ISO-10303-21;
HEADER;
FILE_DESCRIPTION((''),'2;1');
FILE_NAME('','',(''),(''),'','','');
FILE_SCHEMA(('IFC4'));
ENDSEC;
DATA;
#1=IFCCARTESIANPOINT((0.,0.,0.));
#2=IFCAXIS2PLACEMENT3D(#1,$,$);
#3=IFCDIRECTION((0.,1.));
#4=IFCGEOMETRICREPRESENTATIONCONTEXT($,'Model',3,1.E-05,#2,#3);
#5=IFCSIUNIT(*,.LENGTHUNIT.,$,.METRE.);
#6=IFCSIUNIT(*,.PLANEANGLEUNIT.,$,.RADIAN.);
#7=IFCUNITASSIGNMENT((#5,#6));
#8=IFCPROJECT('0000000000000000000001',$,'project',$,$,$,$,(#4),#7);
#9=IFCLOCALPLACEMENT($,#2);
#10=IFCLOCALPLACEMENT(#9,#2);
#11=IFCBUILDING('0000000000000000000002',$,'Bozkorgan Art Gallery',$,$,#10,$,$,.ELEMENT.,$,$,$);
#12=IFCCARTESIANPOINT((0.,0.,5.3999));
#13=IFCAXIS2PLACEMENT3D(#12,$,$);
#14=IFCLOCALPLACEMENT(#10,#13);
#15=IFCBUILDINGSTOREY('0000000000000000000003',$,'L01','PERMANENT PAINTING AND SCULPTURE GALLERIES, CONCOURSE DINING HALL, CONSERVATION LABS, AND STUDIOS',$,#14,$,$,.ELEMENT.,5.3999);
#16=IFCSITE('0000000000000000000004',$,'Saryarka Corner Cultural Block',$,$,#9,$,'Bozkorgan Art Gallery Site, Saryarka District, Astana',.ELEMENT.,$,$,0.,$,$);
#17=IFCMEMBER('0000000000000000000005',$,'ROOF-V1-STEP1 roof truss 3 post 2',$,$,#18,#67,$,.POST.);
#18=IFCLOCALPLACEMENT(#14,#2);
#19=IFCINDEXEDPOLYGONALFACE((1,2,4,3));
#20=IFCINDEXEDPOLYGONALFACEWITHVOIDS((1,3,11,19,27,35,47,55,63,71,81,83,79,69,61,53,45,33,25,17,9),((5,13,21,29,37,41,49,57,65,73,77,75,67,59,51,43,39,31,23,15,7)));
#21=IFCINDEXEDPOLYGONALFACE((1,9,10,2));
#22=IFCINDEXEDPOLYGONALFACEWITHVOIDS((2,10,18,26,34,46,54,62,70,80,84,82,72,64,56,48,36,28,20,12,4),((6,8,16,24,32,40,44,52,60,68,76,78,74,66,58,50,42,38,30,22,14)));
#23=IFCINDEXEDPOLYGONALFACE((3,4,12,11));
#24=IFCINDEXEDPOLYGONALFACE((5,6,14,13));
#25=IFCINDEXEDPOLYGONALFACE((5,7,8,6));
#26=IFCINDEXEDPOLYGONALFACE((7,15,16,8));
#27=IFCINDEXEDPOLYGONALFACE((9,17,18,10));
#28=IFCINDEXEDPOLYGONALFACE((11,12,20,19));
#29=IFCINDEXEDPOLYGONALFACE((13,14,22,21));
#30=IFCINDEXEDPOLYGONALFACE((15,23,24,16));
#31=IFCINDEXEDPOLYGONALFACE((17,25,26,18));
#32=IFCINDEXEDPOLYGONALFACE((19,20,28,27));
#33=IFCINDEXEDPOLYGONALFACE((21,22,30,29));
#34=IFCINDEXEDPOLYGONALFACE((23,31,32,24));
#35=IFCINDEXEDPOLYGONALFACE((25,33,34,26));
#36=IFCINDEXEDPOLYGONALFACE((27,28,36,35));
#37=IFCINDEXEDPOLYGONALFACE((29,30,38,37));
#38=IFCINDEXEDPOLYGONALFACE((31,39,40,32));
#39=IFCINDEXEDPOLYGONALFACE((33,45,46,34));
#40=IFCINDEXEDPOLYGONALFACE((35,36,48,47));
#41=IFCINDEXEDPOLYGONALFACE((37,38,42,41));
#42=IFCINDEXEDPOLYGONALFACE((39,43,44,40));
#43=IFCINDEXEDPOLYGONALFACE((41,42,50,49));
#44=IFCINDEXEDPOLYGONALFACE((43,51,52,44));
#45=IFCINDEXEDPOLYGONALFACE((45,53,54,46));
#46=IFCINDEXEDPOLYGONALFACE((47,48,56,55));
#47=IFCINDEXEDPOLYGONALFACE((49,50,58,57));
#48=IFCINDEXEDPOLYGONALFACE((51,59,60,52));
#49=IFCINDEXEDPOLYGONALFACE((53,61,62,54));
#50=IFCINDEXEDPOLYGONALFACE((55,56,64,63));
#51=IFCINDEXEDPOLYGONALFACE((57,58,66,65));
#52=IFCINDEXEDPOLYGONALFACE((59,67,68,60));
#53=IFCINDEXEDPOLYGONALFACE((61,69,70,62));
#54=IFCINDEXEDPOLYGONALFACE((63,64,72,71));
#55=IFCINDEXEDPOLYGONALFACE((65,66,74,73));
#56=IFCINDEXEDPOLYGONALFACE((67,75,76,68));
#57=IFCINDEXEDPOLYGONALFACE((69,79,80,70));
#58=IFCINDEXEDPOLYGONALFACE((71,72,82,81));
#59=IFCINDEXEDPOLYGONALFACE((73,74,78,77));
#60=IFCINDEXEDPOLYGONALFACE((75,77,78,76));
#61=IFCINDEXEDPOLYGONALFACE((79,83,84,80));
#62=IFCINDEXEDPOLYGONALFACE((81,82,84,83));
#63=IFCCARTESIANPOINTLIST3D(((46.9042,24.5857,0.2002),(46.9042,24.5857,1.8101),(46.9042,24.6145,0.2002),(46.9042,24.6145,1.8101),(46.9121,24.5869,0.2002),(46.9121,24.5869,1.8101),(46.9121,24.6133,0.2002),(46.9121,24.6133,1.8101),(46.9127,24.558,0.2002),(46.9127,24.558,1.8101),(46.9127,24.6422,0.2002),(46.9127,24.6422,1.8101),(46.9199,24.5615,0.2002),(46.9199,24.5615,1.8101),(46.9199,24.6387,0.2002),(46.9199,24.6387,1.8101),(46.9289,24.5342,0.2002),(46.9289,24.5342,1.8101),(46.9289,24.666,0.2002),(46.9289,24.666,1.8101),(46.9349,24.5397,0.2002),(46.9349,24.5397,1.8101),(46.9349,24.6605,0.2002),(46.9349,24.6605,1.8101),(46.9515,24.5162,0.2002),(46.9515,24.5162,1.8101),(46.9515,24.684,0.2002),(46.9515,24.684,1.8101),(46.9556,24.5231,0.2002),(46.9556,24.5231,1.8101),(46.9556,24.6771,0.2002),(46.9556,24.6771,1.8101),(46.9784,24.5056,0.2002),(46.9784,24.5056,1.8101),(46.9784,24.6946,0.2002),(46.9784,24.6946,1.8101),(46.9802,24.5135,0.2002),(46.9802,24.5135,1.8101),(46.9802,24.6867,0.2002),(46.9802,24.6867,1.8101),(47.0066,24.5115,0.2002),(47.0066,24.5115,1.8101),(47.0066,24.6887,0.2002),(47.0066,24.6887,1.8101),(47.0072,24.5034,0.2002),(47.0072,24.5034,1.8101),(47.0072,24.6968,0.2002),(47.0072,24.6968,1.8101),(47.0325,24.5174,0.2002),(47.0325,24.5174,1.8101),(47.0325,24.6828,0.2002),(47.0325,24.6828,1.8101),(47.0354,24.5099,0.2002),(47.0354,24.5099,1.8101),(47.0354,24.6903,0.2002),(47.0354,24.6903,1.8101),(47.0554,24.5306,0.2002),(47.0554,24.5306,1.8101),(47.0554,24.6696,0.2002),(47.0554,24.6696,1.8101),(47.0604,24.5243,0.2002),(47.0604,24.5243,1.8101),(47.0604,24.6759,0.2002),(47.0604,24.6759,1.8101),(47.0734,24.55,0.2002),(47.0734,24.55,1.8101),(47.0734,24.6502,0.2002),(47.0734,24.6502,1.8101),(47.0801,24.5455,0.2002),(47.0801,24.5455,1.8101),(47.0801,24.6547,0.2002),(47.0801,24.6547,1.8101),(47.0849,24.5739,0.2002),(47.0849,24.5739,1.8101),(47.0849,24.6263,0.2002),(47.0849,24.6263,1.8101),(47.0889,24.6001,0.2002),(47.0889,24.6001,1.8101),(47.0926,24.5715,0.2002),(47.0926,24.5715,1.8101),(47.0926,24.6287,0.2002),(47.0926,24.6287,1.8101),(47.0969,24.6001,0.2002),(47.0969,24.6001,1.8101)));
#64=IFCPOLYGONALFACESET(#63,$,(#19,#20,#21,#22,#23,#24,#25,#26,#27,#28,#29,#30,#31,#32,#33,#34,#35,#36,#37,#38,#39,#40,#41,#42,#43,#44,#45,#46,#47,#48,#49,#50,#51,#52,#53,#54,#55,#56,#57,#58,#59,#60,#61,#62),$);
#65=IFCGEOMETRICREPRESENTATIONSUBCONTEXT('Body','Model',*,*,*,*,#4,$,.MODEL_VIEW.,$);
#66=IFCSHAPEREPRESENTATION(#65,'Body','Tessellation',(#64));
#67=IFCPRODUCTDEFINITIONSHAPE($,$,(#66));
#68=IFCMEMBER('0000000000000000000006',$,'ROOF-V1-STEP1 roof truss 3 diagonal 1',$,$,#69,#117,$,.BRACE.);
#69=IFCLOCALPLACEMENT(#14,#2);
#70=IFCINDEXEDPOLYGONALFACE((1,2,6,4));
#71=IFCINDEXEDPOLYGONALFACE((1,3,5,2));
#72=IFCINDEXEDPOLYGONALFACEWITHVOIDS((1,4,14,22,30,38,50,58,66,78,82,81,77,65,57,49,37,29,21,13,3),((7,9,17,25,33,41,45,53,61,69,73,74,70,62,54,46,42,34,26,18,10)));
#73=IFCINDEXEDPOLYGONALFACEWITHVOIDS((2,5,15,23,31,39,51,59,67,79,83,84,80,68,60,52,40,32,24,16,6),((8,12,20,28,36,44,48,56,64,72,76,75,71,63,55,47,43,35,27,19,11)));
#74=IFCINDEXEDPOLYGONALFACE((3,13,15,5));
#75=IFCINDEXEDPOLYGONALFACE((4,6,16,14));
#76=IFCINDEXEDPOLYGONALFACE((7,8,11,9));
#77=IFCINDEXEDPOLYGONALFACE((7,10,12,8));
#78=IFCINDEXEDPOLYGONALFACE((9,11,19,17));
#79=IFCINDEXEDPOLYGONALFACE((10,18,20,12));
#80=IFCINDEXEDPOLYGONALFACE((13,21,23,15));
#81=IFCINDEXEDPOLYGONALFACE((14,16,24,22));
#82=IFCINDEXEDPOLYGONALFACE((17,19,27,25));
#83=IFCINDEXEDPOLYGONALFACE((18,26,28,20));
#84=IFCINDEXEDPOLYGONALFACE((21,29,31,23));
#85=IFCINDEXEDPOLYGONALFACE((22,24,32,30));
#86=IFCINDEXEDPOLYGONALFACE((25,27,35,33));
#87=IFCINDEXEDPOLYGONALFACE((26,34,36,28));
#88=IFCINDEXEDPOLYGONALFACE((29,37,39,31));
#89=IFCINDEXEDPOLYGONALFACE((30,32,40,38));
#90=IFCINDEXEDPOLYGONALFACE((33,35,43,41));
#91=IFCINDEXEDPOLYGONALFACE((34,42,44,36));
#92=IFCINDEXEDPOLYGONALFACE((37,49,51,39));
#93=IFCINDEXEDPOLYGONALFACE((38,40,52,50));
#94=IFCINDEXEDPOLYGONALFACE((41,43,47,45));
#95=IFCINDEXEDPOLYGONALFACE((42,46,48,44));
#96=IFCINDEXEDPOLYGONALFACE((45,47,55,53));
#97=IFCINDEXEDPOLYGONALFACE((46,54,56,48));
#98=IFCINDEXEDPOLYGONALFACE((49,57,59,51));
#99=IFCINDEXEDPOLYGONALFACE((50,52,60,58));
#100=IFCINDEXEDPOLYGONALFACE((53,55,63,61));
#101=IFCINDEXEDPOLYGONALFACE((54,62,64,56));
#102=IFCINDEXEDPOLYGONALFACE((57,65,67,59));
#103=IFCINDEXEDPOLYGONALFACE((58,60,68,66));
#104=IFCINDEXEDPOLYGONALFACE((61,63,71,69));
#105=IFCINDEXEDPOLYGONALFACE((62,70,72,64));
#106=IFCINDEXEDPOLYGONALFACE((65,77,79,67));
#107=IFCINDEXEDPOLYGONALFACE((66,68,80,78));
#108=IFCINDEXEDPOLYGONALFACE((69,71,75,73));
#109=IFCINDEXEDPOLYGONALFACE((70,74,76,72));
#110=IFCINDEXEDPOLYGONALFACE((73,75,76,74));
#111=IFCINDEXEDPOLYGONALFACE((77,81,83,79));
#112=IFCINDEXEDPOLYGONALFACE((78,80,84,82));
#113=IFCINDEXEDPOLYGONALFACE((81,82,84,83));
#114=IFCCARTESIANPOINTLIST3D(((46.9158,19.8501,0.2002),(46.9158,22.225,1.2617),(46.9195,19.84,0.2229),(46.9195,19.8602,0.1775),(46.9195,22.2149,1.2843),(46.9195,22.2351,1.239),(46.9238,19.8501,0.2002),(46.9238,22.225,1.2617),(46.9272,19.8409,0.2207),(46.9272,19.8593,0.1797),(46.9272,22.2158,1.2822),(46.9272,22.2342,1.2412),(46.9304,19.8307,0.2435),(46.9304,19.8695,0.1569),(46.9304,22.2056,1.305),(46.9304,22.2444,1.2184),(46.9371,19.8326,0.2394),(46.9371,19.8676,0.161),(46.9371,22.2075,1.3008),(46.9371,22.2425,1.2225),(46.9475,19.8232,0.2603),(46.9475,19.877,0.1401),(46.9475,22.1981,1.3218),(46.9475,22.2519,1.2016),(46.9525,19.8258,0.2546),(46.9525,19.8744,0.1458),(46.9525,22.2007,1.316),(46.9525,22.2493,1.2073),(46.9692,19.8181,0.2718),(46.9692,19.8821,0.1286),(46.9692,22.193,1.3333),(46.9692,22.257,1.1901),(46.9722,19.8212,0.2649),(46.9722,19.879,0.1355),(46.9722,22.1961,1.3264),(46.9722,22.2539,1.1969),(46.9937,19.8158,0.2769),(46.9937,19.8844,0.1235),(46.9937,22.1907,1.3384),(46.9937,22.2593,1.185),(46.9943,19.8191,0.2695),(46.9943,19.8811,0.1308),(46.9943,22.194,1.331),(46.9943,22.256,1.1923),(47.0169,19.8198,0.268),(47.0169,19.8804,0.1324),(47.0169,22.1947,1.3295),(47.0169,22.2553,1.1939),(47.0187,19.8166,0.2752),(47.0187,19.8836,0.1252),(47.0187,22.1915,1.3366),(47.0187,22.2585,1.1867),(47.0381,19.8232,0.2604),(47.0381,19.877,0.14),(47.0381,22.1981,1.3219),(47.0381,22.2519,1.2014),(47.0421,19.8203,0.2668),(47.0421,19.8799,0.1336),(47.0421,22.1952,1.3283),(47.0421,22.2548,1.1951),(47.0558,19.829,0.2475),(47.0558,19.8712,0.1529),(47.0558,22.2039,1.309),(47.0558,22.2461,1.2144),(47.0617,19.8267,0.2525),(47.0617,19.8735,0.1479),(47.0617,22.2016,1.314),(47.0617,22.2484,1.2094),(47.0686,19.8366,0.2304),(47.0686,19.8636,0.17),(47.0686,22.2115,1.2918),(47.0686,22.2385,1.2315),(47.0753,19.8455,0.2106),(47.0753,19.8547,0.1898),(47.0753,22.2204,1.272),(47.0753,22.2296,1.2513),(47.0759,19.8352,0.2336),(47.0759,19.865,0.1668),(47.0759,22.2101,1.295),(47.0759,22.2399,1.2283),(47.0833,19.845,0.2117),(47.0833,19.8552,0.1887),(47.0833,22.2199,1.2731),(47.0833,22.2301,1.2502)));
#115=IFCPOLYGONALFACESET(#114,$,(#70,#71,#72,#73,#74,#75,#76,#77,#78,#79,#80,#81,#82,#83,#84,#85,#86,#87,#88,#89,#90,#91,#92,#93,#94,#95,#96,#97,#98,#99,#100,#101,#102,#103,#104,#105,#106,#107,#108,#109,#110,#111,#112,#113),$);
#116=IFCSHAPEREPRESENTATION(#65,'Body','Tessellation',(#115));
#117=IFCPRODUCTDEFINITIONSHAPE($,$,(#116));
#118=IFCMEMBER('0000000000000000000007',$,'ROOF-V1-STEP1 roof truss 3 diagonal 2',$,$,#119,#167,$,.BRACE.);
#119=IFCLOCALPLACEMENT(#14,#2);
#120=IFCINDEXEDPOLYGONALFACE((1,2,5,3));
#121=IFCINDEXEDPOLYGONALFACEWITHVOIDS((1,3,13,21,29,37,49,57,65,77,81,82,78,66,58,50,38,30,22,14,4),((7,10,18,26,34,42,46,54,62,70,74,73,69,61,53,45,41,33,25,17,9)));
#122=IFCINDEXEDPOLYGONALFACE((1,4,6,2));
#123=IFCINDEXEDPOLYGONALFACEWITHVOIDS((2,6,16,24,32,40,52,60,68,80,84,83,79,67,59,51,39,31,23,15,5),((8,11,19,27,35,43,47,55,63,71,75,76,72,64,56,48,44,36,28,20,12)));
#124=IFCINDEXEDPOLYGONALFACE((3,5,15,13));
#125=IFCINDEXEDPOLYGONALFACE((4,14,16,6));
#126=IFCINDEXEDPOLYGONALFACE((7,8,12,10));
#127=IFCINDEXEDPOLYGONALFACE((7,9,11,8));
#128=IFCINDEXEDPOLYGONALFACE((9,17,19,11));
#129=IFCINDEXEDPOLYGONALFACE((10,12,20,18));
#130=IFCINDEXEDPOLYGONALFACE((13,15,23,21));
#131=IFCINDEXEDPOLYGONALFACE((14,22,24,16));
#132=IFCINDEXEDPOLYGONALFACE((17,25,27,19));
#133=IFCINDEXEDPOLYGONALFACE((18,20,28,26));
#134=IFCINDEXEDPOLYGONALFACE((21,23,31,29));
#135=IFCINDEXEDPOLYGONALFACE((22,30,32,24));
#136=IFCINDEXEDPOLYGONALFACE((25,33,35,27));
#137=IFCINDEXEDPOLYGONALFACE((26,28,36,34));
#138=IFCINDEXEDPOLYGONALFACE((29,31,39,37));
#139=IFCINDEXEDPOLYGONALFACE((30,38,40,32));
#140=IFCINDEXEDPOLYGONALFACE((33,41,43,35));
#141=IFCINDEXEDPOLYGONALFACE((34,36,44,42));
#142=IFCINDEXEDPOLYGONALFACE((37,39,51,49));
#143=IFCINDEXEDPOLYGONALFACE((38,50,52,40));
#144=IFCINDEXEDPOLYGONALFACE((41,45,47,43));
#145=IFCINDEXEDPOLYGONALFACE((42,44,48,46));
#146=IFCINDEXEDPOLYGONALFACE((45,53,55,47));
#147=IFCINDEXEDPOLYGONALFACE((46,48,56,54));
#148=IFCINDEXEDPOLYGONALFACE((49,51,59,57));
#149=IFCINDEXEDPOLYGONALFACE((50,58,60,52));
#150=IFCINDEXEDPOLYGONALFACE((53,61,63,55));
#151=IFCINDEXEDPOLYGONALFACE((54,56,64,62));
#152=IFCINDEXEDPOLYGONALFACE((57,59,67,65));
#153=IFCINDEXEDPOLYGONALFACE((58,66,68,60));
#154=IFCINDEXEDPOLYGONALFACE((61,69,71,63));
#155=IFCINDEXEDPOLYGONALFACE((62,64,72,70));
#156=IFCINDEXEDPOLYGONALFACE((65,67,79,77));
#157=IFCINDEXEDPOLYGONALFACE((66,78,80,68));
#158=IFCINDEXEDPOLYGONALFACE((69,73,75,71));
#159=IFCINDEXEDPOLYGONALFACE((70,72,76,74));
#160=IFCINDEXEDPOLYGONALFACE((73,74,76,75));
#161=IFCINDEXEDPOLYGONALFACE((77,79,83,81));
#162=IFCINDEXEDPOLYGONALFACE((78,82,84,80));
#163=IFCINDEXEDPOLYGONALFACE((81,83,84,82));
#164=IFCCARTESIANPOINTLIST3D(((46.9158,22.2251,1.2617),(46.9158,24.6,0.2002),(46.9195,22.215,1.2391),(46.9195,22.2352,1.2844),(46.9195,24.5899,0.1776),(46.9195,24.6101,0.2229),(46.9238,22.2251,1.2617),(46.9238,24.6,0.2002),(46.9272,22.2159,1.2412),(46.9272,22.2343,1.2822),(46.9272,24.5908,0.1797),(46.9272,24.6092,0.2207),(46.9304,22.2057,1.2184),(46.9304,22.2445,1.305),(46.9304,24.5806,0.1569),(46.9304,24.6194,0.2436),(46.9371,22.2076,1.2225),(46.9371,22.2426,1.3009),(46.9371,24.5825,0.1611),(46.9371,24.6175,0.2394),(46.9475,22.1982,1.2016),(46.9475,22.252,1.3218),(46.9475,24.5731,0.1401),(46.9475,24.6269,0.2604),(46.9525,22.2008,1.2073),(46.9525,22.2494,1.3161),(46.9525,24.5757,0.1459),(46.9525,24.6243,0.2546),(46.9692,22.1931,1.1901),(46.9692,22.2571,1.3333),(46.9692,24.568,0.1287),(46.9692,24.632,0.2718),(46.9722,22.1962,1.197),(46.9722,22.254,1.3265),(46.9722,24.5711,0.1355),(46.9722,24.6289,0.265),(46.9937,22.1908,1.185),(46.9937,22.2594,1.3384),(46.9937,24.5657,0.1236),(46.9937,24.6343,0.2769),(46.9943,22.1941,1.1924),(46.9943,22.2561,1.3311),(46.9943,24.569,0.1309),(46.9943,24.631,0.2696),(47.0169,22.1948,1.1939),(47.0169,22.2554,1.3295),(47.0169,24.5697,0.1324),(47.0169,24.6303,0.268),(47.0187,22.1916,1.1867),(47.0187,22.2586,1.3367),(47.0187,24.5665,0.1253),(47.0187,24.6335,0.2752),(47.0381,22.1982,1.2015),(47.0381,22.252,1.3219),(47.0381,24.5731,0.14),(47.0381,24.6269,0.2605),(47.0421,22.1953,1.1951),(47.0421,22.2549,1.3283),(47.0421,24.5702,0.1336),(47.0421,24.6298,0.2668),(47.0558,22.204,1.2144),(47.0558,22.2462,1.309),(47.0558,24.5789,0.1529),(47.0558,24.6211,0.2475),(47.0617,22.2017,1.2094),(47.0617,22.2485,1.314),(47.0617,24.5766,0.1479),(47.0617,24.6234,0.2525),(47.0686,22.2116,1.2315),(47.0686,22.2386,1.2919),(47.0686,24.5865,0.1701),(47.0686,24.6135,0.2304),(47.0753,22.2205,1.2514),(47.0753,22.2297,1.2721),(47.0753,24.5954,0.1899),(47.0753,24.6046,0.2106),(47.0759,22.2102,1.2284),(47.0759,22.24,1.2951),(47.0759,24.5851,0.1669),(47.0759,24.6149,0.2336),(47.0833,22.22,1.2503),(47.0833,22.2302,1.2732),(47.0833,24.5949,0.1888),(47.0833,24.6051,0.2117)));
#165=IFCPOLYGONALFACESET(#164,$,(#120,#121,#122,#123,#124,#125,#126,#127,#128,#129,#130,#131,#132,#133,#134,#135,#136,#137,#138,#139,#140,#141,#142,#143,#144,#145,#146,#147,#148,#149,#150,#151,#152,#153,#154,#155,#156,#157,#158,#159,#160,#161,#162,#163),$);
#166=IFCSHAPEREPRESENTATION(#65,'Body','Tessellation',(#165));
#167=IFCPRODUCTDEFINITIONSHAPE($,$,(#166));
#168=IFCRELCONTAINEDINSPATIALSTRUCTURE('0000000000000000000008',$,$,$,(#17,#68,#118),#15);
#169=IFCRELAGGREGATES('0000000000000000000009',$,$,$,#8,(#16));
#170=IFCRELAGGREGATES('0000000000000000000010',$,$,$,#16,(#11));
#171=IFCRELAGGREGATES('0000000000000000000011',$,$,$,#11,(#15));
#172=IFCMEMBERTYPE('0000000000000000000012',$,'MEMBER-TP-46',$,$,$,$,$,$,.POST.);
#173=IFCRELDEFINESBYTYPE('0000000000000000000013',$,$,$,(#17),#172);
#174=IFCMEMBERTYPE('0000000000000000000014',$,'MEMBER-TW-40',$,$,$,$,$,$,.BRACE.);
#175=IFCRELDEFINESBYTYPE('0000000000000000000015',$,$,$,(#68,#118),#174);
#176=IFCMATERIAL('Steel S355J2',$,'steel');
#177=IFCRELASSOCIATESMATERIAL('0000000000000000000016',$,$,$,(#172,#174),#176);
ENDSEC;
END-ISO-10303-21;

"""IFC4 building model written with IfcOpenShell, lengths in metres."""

from ifc_helpers import new_model, si_unit, direction, frame, origin, origin_2d, place, context, subcontext, project, spatial, hollow_circle, extrude, material, material_profile, profile_set, type_object, element, save


model = new_model("IFC4")

# Units and contexts
model_context = context("Model", 3, precision=1e-05, world=origin(), true_north=direction((0.0, 1.0)))
body_context = subcontext(model_context, "Body", "Model", "MODEL_VIEW")
ifc_project = project(units=[si_unit("LENGTHUNIT", "METRE"), si_unit("PLANEANGLEUNIT", "RADIAN")], contexts=[model_context])

# Site, building, storey
site_placement = place(None, origin())
site = spatial("IfcSite", under=ifc_project, at=site_placement, Name="Saryarka Corner Cultural Block", LongName="Bozkorgan Art Gallery Site, Saryarka District, Astana", CompositionType="ELEMENT", RefElevation=0.0)
building_placement = place(site_placement, origin())
building = spatial("IfcBuilding", under=site, at=building_placement, Name="Bozkorgan Art Gallery", CompositionType="ELEMENT")
storey_placement = place(building_placement, frame((0.0, 0.0, 5.3999)))
storey = spatial("IfcBuildingStorey", under=building, at=storey_placement, Name="L01", Description="PERMANENT PAINTING AND SCULPTURE GALLERIES, CONCOURSE DINING HALL, CONSERVATION LABS, AND STUDIOS", CompositionType="ELEMENT", Elevation=5.3999)

# Members
ifc_material_1 = material(Name="Steel S355J2", Category="steel")
ifc_material_profile_1 = material_profile(ifc_material_1, hollow_circle(Radius=0.0969, WallThickness=0.0081, at=origin_2d()), Name="CHS 193.7x8")
ifc_profile_set_1 = profile_set([ifc_material_profile_1], Name="Steel S355J2")
member_type_1 = type_object("IfcMemberType", Name="MEMBER-TP-46", PredefinedType="POST", material=ifc_profile_set_1)
member_1_placement = place(storey_placement, frame((47.0, 24.6001, 0.2002), z_axis=(0.0, 0.0, 1.0), x_axis=(1.0, 0.0, 0.0)))
element("IfcMember", 1, at=member_1_placement, inside=storey, type_object=member_type_1, Name="ROOF-V1-STEP1 roof truss 3 post 2", PredefinedType="POST", context=body_context, shape_type="SweptSolid", body=[
    extrude(hollow_circle(Radius=0.0969, WallThickness=0.0081, at=origin_2d()), origin(), (0.0, 0.0, 1.0), 1.6099),
])
ifc_material_profile_2 = material_profile(ifc_material_1, hollow_circle(Radius=0.0842, WallThickness=0.0081, at=origin_2d()), Name="CHS 168.3x8")
ifc_profile_set_2 = profile_set([ifc_material_profile_2], Name="Steel S355J2")
member_type_2 = type_object("IfcMemberType", Name="MEMBER-TW-40", PredefinedType="BRACE", material=ifc_profile_set_2)
for number, where, z_axis, x_axis, name in (
    (2, (47.0, 19.8501, 0.2002), (0.0, 0.912958, 0.408053), (-1.0, 0.0, 0.0), "ROOF-V1-STEP1 roof truss 3 diagonal 1"),
    (3, (47.0, 22.2251, 1.2617), (0.0, 0.912958, -0.408053), (-1.0, 0.0, 0.0), "ROOF-V1-STEP1 roof truss 3 diagonal 2"),
):
    element("IfcMember", number, at=place(storey_placement, frame(where, z_axis=z_axis, x_axis=x_axis)), inside=storey, type_object=member_type_2, Name=name, PredefinedType="BRACE", context=body_context, shape_type="SweptSolid", body=[
        extrude(hollow_circle(Radius=0.0842, WallThickness=0.0081, at=origin_2d()), origin(), (0.0, 0.0, 1.0), 2.6013),
    ])

save(model, "model.ifc")
